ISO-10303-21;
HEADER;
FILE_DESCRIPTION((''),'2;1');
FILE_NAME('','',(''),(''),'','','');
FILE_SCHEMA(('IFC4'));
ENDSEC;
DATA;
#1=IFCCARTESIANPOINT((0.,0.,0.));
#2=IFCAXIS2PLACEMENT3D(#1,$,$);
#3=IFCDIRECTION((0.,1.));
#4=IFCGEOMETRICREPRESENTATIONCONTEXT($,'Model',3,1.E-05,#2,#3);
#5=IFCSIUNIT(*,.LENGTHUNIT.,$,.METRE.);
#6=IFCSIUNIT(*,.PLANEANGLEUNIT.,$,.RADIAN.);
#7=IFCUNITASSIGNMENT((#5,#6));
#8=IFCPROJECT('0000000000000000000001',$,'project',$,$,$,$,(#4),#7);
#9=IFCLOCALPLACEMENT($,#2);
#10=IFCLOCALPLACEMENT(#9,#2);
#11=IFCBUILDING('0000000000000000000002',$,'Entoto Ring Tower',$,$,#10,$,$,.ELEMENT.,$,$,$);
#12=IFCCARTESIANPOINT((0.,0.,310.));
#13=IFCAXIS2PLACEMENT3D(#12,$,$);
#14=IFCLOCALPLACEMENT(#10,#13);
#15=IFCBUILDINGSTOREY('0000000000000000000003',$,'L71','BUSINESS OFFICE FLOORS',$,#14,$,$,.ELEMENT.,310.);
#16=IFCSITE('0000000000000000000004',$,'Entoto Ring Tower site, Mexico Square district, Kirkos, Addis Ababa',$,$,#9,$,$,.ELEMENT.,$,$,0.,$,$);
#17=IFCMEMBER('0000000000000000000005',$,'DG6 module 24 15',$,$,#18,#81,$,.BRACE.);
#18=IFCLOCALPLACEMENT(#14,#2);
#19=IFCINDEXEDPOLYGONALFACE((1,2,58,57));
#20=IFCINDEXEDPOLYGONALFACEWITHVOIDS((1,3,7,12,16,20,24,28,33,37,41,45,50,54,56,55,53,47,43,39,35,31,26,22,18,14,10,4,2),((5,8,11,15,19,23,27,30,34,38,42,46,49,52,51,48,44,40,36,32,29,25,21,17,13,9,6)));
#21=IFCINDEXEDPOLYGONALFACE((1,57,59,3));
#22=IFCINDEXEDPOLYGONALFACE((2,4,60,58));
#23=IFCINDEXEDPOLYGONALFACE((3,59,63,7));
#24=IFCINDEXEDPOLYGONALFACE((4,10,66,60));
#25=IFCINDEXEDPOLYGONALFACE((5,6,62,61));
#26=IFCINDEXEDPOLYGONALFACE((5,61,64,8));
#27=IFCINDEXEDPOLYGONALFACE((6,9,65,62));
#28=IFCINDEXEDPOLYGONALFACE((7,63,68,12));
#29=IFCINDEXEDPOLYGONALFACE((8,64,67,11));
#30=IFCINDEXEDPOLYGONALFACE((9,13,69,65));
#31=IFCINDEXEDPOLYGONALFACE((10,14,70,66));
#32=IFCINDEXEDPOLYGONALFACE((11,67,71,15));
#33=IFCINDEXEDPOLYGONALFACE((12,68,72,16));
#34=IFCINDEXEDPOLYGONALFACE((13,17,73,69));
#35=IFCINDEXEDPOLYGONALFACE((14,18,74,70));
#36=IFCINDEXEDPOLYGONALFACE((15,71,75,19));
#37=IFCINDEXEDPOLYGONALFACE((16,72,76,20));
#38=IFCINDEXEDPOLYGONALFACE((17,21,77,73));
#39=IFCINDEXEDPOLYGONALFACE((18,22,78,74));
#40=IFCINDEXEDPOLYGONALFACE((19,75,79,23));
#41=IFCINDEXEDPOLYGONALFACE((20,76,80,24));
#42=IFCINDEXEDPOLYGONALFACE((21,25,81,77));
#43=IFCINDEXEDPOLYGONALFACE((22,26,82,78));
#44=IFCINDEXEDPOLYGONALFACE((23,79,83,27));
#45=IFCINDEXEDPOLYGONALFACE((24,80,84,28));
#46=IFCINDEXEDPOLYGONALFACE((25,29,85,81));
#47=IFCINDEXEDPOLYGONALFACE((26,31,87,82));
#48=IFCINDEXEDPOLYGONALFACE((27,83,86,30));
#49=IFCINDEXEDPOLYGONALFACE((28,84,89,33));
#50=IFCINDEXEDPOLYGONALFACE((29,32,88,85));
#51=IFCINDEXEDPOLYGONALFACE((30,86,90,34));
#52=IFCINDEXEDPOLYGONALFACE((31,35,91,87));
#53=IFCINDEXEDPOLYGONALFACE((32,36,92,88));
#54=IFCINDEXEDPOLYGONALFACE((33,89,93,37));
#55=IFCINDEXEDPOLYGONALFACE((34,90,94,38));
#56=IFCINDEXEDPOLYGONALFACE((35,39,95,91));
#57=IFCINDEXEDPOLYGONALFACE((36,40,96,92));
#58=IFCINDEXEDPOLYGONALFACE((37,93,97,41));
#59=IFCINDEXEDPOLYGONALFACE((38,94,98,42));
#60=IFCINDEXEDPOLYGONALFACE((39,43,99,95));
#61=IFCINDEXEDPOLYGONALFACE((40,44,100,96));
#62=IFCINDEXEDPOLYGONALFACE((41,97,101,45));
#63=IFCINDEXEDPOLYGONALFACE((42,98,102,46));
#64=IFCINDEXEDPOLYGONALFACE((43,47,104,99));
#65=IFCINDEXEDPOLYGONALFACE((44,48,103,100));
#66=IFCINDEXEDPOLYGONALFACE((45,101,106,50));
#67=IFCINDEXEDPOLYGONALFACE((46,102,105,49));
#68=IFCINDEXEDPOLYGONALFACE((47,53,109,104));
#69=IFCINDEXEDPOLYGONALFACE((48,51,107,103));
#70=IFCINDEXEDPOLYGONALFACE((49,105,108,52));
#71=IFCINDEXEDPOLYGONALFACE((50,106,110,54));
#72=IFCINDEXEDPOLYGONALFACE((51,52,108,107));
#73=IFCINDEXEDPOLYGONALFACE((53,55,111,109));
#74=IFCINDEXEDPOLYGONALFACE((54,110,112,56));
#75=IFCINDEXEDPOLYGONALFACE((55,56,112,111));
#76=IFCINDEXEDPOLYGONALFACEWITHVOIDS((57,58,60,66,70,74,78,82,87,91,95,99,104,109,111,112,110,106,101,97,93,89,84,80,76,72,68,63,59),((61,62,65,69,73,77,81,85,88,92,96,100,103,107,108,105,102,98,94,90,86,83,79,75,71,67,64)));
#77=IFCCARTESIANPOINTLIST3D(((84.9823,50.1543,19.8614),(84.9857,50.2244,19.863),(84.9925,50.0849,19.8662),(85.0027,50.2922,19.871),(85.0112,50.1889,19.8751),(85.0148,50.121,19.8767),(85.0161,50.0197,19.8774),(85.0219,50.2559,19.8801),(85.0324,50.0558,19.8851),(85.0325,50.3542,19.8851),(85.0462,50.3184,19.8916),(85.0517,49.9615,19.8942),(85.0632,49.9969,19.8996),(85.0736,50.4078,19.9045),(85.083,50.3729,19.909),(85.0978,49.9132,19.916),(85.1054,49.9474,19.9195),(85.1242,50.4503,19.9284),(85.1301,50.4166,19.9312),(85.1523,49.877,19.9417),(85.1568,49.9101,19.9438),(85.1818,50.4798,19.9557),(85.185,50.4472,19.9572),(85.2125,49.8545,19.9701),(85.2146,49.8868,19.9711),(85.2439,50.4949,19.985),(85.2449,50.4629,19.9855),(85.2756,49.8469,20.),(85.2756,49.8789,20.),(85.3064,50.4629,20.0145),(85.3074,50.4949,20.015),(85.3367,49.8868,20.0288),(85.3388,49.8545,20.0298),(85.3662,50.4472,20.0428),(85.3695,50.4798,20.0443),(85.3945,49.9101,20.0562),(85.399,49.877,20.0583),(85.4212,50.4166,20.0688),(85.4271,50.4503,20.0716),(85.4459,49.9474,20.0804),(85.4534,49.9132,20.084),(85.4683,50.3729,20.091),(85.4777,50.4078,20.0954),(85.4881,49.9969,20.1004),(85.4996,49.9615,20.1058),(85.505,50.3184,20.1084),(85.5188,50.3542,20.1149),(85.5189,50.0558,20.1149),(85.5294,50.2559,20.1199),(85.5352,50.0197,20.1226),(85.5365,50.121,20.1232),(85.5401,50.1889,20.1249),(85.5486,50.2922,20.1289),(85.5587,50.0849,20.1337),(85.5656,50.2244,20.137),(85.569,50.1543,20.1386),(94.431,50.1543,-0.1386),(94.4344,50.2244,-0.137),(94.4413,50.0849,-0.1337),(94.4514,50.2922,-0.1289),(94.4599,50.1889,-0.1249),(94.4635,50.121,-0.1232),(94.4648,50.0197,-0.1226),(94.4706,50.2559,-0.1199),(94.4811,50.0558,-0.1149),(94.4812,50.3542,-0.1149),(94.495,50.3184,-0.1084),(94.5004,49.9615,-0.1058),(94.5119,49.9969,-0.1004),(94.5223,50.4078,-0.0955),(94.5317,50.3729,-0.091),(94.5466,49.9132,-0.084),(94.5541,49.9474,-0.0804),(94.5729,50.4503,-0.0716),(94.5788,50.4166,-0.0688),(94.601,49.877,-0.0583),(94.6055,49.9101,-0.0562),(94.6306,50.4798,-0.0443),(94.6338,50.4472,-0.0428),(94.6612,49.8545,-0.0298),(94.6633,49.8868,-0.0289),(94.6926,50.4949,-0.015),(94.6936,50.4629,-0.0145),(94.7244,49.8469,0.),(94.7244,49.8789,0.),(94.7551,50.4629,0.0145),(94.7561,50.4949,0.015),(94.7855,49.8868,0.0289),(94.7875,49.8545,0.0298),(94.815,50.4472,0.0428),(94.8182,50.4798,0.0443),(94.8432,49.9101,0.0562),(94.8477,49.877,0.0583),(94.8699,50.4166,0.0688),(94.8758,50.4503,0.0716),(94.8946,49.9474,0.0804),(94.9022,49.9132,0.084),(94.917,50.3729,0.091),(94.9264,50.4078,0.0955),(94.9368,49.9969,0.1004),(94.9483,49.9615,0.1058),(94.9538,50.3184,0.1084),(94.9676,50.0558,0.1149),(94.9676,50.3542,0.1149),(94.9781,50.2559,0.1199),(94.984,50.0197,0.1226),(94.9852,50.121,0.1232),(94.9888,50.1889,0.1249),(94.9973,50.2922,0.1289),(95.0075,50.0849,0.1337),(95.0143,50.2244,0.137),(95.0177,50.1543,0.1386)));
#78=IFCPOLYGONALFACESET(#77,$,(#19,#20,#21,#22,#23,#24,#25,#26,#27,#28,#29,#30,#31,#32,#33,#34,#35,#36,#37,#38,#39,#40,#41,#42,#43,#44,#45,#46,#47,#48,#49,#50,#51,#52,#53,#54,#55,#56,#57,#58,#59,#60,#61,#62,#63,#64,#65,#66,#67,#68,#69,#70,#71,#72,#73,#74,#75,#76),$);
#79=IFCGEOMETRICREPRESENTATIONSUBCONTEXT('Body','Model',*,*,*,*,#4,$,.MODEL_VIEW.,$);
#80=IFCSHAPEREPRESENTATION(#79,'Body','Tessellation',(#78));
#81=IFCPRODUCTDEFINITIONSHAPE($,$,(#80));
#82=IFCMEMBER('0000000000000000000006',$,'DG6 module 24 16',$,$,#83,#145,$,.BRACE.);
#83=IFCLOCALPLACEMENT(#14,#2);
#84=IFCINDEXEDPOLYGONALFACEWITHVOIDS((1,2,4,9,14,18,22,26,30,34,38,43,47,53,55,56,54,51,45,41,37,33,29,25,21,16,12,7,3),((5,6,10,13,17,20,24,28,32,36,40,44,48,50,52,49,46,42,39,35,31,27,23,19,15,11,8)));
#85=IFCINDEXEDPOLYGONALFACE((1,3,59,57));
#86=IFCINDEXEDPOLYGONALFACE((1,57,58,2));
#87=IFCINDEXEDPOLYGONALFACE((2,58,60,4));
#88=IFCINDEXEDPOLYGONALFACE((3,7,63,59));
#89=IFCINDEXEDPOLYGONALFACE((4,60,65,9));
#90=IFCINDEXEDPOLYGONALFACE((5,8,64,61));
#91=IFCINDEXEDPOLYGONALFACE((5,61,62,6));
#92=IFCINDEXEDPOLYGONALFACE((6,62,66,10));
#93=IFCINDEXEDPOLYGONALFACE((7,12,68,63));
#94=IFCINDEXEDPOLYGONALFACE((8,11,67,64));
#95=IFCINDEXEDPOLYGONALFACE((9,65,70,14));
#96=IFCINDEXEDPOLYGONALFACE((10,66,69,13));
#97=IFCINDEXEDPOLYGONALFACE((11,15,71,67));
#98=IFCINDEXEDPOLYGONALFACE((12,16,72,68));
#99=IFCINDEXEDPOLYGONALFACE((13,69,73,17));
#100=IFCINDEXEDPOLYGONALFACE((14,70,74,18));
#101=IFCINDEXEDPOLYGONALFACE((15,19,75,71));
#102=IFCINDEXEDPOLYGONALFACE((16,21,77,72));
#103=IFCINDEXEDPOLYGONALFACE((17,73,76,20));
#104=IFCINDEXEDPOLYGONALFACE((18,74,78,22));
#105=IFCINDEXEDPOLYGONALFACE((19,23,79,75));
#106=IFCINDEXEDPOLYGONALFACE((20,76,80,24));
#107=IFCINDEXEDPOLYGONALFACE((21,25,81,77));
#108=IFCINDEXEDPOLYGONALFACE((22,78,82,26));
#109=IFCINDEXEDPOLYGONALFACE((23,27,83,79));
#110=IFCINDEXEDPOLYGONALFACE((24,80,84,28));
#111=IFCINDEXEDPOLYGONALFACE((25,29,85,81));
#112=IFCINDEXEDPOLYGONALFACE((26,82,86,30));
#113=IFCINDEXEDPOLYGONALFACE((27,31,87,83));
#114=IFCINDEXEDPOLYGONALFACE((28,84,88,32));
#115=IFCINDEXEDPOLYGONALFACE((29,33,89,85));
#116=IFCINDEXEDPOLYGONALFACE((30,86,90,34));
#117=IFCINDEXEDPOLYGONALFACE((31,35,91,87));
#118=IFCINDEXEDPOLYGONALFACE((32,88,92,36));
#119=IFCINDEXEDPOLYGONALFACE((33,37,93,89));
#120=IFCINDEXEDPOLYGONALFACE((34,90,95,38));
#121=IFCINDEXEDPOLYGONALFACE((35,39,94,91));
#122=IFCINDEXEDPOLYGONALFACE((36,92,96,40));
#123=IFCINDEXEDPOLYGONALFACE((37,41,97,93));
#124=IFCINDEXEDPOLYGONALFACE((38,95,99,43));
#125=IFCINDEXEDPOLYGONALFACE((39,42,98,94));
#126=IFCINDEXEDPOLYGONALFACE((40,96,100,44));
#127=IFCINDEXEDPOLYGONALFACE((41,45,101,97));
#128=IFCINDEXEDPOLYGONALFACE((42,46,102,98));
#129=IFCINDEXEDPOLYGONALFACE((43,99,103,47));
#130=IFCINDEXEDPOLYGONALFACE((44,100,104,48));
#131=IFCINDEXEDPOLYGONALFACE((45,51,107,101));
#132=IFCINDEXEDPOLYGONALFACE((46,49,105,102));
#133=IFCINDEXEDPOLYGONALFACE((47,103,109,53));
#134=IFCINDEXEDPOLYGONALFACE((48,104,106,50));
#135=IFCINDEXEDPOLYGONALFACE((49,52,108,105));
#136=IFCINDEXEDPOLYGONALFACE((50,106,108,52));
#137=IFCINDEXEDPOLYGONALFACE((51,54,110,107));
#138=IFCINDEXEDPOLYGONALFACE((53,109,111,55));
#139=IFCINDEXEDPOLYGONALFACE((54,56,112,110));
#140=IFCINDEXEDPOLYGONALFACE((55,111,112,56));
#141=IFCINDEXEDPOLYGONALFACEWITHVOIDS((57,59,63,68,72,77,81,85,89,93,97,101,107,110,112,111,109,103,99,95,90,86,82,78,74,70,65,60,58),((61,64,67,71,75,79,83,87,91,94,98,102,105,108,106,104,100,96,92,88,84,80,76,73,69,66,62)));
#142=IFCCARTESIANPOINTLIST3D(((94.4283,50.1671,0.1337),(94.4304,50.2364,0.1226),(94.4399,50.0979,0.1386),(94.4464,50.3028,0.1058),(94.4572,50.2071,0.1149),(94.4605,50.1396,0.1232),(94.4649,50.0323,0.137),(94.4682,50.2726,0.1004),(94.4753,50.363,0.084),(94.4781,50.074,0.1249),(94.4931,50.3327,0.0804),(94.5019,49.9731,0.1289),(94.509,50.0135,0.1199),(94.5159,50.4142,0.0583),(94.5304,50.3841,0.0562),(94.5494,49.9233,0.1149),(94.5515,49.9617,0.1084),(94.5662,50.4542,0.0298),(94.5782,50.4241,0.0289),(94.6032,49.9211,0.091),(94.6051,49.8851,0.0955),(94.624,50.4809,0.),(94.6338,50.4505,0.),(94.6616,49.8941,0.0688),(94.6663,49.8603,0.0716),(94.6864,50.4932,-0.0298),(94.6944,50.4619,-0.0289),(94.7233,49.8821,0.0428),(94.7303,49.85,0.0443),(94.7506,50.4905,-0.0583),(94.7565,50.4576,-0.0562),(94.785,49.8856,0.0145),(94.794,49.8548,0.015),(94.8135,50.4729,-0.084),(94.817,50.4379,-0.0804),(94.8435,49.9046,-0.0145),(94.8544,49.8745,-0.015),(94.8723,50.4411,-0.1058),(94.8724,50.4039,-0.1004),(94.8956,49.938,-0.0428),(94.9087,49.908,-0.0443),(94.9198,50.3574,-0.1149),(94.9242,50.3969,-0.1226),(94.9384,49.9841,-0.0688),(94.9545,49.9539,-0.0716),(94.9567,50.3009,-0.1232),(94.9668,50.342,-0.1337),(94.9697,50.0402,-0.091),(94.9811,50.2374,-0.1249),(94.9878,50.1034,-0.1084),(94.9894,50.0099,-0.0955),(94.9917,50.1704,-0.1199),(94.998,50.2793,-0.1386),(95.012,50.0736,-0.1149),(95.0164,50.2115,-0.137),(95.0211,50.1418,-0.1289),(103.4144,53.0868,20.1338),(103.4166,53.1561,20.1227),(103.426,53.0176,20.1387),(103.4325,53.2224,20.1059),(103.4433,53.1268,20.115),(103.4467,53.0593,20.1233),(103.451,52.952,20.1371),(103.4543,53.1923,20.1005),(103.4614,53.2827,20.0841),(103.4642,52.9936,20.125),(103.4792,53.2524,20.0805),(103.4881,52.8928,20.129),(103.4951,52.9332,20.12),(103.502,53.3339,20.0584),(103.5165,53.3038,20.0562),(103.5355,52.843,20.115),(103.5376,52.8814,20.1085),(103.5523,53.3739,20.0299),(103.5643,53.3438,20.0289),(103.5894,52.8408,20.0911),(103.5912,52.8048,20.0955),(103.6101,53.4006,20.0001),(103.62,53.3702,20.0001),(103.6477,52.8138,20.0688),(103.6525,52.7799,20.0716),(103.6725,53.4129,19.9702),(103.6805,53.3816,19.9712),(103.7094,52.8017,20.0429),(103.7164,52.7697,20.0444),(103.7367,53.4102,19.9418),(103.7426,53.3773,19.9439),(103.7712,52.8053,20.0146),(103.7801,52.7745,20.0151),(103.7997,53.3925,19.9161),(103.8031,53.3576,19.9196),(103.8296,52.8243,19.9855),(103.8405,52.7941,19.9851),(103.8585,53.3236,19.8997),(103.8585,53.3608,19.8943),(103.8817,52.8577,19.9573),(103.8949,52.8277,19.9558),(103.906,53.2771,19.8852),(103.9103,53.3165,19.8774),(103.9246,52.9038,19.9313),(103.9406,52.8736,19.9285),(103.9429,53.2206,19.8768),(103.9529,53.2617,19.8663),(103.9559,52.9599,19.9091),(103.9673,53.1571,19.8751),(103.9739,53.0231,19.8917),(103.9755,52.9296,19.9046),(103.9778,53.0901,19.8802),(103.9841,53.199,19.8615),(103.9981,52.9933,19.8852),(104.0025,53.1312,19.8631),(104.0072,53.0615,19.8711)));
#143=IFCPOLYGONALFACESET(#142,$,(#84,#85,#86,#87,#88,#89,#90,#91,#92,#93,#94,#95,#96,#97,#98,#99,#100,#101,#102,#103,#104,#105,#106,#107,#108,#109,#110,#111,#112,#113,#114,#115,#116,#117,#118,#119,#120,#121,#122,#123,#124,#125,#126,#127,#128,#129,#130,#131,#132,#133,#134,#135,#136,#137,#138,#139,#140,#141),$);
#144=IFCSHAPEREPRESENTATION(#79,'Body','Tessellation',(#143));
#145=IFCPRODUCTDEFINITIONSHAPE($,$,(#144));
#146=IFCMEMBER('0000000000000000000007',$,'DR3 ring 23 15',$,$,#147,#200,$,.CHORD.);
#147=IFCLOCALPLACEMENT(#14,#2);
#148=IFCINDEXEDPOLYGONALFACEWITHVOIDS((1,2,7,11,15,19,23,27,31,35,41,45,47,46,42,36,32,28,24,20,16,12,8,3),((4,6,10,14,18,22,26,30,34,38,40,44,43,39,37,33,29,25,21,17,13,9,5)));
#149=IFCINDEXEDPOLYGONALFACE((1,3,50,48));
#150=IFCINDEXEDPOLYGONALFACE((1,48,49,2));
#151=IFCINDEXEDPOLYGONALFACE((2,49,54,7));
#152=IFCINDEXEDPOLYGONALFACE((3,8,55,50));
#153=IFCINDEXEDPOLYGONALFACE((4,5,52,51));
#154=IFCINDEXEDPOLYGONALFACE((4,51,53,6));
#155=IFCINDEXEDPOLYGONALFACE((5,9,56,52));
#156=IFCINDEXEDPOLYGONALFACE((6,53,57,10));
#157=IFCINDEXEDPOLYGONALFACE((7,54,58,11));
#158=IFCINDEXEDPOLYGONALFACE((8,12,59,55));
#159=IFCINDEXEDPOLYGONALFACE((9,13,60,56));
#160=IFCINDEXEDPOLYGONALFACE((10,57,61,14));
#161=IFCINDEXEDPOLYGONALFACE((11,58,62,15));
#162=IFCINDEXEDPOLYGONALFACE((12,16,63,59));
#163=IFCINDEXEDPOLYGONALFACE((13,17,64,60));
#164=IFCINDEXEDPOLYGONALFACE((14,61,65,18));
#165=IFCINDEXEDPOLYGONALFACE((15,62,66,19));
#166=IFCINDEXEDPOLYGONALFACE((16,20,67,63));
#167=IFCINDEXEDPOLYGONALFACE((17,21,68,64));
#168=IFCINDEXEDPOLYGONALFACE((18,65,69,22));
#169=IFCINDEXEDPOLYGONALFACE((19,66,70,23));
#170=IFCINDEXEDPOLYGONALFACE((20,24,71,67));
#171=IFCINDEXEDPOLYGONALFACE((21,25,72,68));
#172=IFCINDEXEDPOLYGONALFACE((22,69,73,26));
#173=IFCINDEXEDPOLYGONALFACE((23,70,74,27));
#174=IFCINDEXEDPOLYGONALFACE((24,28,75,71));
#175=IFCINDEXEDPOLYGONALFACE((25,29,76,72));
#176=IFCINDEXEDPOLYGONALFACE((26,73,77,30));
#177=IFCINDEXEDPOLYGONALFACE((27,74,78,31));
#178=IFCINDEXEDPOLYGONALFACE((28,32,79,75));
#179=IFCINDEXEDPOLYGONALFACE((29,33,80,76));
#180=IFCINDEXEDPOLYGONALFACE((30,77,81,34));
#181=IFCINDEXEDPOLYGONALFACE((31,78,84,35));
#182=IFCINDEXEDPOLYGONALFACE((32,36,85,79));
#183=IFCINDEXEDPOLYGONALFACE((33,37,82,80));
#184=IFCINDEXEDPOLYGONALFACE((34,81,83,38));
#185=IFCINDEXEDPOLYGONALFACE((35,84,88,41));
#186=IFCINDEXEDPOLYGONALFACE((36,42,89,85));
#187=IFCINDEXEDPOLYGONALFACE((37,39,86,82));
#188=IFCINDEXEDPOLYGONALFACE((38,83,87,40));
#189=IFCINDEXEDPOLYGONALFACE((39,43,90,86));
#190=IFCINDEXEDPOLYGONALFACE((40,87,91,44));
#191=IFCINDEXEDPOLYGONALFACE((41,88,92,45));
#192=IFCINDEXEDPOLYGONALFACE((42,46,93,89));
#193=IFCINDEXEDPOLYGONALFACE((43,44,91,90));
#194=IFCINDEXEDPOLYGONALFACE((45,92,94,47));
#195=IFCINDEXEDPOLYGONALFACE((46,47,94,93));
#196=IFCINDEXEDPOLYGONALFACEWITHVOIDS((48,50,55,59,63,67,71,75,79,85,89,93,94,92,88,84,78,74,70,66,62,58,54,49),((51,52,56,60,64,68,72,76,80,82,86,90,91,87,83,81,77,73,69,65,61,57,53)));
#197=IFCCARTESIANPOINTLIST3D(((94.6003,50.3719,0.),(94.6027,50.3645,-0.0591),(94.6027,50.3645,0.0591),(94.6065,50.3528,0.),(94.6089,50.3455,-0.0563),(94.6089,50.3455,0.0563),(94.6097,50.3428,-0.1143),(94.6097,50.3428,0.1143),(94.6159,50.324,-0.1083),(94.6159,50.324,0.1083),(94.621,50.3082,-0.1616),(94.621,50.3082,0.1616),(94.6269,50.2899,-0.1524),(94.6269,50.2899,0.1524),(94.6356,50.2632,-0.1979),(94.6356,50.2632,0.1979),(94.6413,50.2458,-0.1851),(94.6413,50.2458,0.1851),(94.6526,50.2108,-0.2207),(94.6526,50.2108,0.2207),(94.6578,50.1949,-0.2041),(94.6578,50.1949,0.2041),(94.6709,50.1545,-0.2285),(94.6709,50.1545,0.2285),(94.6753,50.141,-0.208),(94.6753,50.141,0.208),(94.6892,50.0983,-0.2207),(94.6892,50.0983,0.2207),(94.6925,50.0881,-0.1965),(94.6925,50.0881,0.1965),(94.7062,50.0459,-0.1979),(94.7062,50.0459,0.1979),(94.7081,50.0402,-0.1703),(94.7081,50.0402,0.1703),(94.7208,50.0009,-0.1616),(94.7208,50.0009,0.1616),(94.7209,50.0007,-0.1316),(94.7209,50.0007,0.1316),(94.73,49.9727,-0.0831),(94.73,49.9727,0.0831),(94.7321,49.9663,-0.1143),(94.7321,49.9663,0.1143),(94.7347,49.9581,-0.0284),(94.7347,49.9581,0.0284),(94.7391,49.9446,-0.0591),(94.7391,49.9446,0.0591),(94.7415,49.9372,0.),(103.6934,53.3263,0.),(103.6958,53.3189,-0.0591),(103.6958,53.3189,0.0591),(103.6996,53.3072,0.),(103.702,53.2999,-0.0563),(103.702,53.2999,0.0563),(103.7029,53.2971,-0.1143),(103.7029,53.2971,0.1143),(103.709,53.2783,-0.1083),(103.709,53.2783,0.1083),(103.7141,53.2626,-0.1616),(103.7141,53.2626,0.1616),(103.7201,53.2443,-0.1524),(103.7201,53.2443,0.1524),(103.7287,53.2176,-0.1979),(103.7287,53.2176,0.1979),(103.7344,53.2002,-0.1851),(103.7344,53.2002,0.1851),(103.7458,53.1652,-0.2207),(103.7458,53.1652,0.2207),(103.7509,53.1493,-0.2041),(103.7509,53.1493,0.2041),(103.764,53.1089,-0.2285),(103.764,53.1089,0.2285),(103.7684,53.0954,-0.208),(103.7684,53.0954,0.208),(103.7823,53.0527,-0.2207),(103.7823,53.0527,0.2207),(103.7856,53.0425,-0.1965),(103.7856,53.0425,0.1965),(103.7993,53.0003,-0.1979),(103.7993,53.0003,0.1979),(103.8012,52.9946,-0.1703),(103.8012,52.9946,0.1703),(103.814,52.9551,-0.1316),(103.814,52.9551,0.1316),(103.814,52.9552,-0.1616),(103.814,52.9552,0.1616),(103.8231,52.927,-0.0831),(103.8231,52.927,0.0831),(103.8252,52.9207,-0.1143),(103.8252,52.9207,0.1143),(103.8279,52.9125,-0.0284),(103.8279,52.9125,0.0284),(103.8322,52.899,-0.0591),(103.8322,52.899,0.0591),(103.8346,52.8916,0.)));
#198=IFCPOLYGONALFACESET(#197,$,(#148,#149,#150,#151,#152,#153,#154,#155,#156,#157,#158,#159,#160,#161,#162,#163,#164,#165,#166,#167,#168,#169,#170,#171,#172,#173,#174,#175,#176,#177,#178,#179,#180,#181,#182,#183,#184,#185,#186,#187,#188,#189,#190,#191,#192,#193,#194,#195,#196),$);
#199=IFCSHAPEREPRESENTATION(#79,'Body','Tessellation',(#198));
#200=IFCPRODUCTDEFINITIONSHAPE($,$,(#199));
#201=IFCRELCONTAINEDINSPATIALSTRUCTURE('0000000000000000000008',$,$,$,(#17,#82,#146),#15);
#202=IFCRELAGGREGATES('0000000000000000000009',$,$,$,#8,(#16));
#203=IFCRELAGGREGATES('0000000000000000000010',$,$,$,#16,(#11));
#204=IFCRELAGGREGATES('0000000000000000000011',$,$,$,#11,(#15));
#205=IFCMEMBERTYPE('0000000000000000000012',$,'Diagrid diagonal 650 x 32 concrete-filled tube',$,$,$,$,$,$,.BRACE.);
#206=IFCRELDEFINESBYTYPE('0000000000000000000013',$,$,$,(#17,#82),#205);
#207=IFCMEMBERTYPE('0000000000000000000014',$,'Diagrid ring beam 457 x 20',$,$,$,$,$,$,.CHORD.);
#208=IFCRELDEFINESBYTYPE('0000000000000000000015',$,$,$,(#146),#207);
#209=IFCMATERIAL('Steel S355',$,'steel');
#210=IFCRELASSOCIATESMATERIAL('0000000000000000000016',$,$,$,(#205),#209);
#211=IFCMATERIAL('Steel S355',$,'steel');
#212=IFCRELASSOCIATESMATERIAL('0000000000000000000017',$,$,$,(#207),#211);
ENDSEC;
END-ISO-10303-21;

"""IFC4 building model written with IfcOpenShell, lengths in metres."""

from ifc_helpers import new_model, si_unit, direction, frame, origin, origin_2d, place, context, subcontext, project, spatial, circle, hollow_circle, extrude, material, material_profile, profile_set, type_object, element, save


model = new_model("IFC4")

# Units and contexts
model_context = context("Model", 3, precision=1e-05, world=origin(), true_north=direction((0.0, 1.0)))
body_context = subcontext(model_context, "Body", "Model", "MODEL_VIEW")
ifc_project = project(units=[si_unit("LENGTHUNIT", "METRE"), si_unit("PLANEANGLEUNIT", "RADIAN")], contexts=[model_context])

# Site, building, storey
site_placement = place(None, origin())
site = spatial("IfcSite", under=ifc_project, at=site_placement, Name="Entoto Ring Tower site, Mexico Square district, Kirkos, Addis Ababa", CompositionType="ELEMENT", RefElevation=0.0)
building_placement = place(site_placement, origin())
building = spatial("IfcBuilding", under=site, at=building_placement, Name="Entoto Ring Tower", CompositionType="ELEMENT")
storey_placement = place(building_placement, frame((0.0, 0.0, 310.0)))
storey = spatial("IfcBuildingStorey", under=building, at=storey_placement, Name="L71", Description="BUSINESS OFFICE FLOORS", CompositionType="ELEMENT", Elevation=310.0)

# Members
ifc_material_1 = material(Name="Steel S355", Category="steel")
ifc_material_profile_1 = material_profile(ifc_material_1, hollow_circle(Radius=0.325, WallThickness=0.032, at=origin_2d()), Name="CHS 650 x 32")
ifc_material_2 = material(Name="Concrete C60/75", Category="concrete")
ifc_material_profile_2 = material_profile(ifc_material_2, circle(Radius=0.293, at=origin_2d()), Name="Concrete C60/75 infill")
ifc_profile_set_1 = profile_set([ifc_material_profile_1, ifc_material_profile_2], Name="Steel S355")
member_type_1 = type_object("IfcMemberType", Name="Diagrid diagonal 650 x 32 concrete-filled tube", PredefinedType="BRACE", material=ifc_profile_set_1)
for number, where, z_axis, x_axis, name in (
    (1, (94.7244, 50.1719, 0.0), (-0.427165, 0.0, 0.904174), (0.0, -1.0, 0.0), "DG6 module 24 15"),
    (2, (94.7244, 50.1719, 0.0), (0.406251, 0.131995, 0.904178), (-0.30901, 0.951059, 0.0), "DG6 module 24 16"),
):
    element("IfcMember", number, at=place(storey_placement, frame(where, z_axis=z_axis, x_axis=x_axis)), inside=storey, type_object=member_type_1, Name=name, PredefinedType="BRACE", context=body_context, shape_type="SweptSolid", body=[
        extrude(hollow_circle(Radius=0.325, WallThickness=0.032, at=origin_2d()), origin(), (0.0, 0.0, 1.0), 22.1196),
    ])
ifc_material_3 = material(Name="Steel S355", Category="steel")
ifc_material_profile_3 = material_profile(ifc_material_3, hollow_circle(Radius=0.2285, WallThickness=0.02, at=origin_2d()), Name="CHS 457 x 20")
ifc_material_4 = material(Name="Concrete C60/75", Category="concrete")
ifc_material_profile_4 = material_profile(ifc_material_4, circle(Radius=0.2085, at=origin_2d()), Name="Concrete C60/75 infill")
ifc_profile_set_2 = profile_set([ifc_material_profile_3, ifc_material_profile_4], Name="Steel S355")
member_type_2 = type_object("IfcMemberType", Name="Diagrid ring beam 457 x 20", PredefinedType="CHORD", material=ifc_profile_set_2)
member_placement = place(storey_placement, frame((94.6709, 50.1545, 0.0), z_axis=(0.951061, 0.309002, 0.0), x_axis=(-0.309002, 0.951061, 0.0)))
element("IfcMember", 3, at=member_placement, inside=storey, type_object=member_type_2, Name="DR3 ring 23 15", PredefinedType="CHORD", context=body_context, shape_type="SweptSolid", body=[
    extrude(hollow_circle(Radius=0.2285, WallThickness=0.02, at=origin_2d()), origin(), (0.0, 0.0, 1.0), 9.561),
])

save(model, "model.ifc")
